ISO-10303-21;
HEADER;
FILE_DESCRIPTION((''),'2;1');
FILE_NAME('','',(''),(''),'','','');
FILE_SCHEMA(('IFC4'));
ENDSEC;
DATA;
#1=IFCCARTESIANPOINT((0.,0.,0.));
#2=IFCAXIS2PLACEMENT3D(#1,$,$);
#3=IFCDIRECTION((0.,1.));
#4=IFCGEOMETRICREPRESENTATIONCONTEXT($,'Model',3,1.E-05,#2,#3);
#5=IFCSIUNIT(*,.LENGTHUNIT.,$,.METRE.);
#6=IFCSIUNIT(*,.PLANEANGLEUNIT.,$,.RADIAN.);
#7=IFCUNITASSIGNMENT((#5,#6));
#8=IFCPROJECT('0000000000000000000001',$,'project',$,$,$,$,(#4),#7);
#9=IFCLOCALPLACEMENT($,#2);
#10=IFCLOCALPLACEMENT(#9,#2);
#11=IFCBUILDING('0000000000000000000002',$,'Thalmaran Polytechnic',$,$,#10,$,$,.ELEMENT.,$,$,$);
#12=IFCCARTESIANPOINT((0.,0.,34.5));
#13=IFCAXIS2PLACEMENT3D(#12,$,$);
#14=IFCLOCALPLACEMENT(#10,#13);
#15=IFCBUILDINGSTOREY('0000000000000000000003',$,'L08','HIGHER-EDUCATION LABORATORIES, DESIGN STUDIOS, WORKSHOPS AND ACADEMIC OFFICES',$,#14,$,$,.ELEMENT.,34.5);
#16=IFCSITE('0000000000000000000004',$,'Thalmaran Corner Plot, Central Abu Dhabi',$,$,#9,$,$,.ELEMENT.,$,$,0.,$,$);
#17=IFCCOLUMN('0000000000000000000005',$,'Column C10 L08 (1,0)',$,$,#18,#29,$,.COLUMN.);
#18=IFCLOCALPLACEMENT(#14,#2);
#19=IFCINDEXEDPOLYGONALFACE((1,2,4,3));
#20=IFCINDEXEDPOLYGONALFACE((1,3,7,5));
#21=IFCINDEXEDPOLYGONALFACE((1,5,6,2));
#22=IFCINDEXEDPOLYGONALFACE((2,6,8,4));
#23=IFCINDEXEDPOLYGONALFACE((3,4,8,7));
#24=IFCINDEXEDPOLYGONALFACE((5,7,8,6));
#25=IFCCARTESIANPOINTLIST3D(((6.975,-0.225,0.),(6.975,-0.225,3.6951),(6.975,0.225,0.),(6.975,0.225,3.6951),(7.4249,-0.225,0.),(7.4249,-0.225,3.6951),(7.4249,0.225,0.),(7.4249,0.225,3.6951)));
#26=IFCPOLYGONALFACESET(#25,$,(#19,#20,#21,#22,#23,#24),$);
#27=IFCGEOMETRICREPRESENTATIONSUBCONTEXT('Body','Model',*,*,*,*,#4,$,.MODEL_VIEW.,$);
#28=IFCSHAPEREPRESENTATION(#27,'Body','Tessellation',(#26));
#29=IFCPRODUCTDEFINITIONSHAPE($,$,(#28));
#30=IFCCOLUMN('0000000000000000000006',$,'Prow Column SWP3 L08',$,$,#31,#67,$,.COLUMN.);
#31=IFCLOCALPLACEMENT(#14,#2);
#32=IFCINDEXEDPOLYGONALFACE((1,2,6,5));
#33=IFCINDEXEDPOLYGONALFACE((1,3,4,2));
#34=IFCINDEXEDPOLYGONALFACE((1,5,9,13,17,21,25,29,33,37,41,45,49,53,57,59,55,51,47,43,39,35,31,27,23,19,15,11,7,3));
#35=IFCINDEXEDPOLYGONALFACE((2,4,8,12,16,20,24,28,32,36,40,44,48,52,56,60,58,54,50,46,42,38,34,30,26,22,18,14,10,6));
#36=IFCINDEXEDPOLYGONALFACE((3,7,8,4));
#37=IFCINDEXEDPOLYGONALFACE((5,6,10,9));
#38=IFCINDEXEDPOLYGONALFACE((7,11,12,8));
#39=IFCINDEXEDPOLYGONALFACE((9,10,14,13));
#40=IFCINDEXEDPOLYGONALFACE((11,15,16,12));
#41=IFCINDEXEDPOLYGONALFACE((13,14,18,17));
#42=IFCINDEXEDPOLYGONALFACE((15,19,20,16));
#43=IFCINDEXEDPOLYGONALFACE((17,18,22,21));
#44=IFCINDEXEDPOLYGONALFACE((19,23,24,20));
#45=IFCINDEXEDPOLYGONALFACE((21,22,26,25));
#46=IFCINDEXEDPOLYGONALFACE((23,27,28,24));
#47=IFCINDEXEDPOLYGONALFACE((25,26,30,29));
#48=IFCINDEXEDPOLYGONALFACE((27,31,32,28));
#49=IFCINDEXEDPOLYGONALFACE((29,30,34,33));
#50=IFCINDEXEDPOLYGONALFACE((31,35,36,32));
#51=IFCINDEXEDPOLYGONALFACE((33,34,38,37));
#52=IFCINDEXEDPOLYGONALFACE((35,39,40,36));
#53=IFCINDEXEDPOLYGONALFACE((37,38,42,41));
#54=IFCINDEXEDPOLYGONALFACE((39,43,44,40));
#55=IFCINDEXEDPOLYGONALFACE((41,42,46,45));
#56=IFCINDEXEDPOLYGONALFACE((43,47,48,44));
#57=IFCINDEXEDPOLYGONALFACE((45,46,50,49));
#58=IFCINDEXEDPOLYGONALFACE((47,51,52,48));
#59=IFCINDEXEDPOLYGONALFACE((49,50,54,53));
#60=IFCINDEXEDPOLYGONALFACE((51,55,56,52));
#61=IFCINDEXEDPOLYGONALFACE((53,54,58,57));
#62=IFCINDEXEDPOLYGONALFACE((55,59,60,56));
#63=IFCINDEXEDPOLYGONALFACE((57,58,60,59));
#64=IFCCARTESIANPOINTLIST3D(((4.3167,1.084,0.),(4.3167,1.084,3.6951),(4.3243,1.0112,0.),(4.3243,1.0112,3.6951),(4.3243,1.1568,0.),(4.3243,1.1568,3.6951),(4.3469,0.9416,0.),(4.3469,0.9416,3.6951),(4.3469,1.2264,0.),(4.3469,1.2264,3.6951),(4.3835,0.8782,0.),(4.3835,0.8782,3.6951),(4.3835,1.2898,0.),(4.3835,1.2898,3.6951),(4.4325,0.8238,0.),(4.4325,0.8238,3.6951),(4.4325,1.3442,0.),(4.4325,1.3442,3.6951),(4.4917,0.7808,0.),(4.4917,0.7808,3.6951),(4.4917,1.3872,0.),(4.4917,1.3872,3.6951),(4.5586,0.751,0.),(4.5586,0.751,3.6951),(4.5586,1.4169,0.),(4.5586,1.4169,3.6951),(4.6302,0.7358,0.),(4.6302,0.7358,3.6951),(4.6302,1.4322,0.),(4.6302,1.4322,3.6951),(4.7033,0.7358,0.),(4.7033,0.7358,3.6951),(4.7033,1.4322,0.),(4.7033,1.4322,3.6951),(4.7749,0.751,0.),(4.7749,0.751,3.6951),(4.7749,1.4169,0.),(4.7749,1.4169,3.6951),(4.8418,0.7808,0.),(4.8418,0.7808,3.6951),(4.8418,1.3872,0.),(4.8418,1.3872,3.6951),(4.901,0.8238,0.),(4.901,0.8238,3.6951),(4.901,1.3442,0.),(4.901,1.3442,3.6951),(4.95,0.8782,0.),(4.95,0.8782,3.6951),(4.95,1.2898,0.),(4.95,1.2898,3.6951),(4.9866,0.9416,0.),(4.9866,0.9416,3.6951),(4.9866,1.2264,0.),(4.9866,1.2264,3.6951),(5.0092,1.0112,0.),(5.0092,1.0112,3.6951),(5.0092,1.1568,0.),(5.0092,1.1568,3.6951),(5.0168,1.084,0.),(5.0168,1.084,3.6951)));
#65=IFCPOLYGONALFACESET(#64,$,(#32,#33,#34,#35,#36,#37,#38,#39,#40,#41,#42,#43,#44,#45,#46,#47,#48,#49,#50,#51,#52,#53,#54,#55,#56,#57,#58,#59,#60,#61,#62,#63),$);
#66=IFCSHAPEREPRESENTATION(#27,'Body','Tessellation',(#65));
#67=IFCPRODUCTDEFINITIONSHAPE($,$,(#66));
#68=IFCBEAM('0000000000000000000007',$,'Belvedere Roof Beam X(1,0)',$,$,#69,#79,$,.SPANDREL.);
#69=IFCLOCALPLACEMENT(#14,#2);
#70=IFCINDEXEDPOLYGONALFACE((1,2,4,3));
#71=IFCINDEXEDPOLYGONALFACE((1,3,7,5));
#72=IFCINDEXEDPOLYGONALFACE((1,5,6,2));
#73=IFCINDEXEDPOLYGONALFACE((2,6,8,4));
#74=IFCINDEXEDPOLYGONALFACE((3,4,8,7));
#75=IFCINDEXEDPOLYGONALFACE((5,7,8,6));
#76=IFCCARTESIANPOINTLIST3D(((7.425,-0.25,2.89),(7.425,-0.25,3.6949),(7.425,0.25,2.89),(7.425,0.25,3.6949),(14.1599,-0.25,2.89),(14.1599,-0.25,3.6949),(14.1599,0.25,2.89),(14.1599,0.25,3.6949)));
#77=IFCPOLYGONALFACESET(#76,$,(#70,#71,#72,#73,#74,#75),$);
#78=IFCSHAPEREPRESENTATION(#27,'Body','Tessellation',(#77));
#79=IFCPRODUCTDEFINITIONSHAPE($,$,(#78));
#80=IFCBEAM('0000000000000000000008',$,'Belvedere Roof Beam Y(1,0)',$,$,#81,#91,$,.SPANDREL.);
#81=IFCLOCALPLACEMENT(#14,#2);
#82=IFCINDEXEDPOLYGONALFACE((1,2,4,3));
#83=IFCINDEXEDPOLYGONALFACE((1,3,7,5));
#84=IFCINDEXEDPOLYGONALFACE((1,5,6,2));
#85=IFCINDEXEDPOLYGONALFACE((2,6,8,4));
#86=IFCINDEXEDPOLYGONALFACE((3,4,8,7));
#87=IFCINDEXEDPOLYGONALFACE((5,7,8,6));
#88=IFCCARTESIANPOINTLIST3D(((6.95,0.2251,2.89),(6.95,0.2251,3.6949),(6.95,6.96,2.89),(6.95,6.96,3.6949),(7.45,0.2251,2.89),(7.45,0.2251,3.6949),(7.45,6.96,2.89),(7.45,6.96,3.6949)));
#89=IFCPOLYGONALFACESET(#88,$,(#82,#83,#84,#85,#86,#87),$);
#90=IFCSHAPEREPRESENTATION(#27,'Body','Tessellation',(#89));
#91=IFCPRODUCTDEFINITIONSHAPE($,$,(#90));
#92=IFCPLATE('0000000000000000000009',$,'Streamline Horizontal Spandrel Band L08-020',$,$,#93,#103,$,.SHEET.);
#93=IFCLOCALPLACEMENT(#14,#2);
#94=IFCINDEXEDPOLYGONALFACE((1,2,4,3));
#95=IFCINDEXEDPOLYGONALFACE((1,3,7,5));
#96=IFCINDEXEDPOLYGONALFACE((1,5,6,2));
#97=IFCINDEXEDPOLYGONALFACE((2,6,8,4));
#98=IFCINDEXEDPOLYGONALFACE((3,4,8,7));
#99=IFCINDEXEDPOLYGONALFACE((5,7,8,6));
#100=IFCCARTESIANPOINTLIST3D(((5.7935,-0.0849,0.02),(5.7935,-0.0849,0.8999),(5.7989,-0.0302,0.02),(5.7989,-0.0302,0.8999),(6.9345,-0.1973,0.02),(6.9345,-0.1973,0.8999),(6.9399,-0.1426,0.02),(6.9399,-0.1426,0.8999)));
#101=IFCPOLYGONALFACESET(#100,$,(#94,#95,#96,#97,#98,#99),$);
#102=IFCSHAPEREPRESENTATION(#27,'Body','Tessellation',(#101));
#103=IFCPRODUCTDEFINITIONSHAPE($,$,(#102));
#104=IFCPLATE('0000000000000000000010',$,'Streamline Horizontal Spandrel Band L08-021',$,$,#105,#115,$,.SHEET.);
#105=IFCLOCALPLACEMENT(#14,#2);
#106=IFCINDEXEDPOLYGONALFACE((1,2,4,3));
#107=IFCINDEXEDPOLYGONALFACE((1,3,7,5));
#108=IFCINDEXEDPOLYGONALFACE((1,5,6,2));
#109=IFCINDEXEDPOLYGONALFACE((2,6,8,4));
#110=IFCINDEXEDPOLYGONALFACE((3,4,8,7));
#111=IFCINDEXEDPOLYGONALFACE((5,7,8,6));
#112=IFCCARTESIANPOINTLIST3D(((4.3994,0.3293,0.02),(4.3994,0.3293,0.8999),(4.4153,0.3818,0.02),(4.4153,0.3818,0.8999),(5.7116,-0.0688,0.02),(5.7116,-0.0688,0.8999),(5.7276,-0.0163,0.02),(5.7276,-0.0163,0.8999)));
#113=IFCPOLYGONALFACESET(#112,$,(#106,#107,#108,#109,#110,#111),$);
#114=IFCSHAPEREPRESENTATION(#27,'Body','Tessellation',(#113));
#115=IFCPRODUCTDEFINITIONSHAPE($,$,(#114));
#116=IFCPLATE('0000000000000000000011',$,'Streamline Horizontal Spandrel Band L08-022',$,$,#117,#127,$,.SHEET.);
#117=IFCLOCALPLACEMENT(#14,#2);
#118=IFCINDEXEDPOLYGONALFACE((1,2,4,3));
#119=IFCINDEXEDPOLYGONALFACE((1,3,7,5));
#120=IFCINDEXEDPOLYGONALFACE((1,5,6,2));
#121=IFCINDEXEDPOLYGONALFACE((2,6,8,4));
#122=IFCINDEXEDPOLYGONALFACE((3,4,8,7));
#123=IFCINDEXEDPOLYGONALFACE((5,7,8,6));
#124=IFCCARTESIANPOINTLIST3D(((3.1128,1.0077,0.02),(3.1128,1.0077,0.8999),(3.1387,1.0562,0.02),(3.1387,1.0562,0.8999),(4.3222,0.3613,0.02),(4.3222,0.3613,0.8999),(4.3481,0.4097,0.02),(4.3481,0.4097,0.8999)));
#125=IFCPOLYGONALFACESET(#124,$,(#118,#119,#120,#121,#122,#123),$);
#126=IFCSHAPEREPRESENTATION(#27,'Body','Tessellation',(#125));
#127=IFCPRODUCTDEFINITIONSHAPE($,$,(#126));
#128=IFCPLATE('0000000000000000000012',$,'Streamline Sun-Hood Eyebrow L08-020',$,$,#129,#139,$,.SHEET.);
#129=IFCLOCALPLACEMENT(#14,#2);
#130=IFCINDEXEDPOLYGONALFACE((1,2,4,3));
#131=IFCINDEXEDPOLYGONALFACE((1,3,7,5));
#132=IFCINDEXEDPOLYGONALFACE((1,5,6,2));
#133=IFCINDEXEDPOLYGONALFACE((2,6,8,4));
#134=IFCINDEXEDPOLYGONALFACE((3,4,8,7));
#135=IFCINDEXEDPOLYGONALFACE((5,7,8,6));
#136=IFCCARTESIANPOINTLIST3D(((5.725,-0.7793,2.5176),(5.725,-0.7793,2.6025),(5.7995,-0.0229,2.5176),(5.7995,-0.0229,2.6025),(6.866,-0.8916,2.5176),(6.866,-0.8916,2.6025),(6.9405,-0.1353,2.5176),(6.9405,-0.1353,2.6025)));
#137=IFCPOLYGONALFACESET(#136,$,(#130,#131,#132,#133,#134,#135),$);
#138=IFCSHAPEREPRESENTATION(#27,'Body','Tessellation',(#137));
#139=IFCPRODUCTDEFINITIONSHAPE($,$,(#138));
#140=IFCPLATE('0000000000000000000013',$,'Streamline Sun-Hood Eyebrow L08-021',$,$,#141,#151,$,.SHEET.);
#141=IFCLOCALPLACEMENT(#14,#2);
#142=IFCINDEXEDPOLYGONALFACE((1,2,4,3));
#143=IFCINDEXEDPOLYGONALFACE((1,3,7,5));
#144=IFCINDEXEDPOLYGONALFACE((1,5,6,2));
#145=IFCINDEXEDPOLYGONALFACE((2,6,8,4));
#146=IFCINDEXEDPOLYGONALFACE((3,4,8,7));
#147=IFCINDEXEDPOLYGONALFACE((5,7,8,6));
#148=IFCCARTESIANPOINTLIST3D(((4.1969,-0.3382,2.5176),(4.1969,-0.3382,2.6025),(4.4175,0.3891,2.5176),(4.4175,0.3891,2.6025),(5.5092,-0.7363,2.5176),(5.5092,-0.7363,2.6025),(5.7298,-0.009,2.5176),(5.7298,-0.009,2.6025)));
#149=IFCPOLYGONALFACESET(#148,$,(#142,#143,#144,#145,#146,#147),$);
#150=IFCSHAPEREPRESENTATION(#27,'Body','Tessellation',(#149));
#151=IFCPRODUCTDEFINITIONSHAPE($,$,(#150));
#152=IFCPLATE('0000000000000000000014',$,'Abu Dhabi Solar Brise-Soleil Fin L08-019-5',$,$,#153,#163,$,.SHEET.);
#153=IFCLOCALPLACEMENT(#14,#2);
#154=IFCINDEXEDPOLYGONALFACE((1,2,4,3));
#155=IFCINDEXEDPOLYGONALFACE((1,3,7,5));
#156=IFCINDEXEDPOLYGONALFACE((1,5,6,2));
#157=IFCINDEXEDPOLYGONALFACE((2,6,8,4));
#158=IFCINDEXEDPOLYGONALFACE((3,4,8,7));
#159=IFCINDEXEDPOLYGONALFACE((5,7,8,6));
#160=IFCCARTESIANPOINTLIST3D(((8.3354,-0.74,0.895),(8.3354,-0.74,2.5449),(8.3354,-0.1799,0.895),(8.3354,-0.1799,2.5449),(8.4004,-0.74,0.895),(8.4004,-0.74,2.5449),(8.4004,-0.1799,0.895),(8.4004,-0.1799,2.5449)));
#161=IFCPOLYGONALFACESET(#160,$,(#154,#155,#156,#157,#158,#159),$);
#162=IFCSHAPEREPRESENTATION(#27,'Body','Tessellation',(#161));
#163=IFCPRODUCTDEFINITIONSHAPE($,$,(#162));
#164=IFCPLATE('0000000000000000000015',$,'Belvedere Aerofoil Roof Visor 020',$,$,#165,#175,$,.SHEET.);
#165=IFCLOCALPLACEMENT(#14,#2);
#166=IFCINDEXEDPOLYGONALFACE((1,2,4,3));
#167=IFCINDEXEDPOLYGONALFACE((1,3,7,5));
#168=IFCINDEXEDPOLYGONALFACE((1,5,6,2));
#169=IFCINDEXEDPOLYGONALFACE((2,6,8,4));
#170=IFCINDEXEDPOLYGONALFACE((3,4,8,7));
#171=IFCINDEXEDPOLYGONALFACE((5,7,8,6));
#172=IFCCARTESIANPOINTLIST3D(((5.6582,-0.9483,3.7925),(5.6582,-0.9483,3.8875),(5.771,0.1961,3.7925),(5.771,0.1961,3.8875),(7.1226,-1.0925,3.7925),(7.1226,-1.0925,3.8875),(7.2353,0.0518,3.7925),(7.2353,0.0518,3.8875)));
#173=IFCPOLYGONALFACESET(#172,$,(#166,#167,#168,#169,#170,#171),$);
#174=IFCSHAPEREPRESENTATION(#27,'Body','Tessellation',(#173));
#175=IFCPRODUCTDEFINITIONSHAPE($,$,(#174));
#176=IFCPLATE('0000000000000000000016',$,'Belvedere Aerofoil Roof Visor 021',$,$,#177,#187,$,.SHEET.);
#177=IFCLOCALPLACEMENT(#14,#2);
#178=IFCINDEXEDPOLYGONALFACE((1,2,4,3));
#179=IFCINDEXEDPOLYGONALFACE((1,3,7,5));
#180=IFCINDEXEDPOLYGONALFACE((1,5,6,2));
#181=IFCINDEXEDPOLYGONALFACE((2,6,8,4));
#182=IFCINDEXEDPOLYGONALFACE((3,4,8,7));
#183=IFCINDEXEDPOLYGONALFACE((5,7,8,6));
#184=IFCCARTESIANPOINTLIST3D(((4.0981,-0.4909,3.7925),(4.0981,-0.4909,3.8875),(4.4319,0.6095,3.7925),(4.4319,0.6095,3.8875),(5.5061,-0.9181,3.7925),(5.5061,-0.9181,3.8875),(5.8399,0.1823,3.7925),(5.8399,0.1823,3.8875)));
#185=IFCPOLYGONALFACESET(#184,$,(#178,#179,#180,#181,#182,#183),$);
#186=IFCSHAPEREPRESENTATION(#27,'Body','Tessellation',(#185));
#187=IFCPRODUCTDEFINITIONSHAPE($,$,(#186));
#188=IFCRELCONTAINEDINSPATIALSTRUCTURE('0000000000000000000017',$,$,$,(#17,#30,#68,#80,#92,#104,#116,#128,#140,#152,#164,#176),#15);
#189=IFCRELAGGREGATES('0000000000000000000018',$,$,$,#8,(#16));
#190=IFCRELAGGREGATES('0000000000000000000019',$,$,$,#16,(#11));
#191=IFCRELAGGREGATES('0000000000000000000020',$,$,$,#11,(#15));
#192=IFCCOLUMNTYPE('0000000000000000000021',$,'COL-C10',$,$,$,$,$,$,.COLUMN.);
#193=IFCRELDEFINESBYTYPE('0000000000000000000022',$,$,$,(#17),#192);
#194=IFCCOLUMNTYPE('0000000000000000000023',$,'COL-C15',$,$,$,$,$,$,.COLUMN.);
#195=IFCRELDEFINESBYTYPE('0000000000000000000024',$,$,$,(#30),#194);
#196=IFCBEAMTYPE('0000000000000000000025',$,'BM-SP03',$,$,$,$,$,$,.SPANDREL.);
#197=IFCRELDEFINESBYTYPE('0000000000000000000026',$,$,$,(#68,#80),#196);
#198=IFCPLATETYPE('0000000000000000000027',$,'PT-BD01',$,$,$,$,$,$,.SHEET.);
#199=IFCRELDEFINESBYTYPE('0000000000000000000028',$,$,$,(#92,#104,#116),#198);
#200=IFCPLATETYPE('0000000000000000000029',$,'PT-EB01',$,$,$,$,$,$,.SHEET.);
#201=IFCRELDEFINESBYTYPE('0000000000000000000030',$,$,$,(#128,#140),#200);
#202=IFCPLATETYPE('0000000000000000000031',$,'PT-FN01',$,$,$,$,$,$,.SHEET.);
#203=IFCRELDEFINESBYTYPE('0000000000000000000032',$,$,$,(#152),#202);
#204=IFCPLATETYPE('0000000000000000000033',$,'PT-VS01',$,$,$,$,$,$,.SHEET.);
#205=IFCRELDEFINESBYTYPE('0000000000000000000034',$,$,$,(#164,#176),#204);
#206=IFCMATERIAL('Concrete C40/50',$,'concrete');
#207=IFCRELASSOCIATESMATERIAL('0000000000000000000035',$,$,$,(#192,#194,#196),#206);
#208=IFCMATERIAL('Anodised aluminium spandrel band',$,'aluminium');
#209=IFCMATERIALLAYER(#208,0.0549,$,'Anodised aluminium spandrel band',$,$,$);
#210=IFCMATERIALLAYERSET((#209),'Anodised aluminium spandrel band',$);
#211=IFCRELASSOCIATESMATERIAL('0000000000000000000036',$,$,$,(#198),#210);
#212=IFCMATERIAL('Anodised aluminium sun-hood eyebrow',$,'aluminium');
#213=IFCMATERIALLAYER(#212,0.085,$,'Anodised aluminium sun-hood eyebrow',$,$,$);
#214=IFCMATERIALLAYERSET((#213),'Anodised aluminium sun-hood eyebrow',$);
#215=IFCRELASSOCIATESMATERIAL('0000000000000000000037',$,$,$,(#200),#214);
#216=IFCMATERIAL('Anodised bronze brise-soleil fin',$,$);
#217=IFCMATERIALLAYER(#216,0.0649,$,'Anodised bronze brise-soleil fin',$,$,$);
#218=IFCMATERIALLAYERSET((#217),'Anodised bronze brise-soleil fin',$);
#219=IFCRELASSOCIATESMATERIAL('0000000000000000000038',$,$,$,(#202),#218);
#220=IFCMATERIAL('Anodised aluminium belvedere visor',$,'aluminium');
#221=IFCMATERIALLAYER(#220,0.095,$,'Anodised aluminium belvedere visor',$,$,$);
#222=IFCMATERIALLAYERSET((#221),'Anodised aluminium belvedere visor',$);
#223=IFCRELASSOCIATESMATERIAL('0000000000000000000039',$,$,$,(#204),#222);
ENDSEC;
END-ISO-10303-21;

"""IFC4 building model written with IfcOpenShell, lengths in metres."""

from ifc_helpers import new_model, si_unit, direction, frame, origin, origin_2d, place, context, subcontext, project, spatial, rectangle, circle, extrude, material, layer, layer_set, material_profile, profile_set, type_object, element, save


model = new_model("IFC4")

# Units and contexts
model_context = context("Model", 3, precision=1e-05, world=origin(), true_north=direction((0.0, 1.0)))
body_context = subcontext(model_context, "Body", "Model", "MODEL_VIEW")
ifc_project = project(units=[si_unit("LENGTHUNIT", "METRE"), si_unit("PLANEANGLEUNIT", "RADIAN")], contexts=[model_context])

# Site, building, storey
site_placement = place(None, origin())
site = spatial("IfcSite", under=ifc_project, at=site_placement, Name="Thalmaran Corner Plot, Central Abu Dhabi", CompositionType="ELEMENT", RefElevation=0.0)
building_placement = place(site_placement, origin())
building = spatial("IfcBuilding", under=site, at=building_placement, Name="Thalmaran Polytechnic", CompositionType="ELEMENT")
storey_placement = place(building_placement, frame((0.0, 0.0, 34.5)))
storey = spatial("IfcBuildingStorey", under=building, at=storey_placement, Name="L08", Description="HIGHER-EDUCATION LABORATORIES, DESIGN STUDIOS, WORKSHOPS AND ACADEMIC OFFICES", CompositionType="ELEMENT", Elevation=34.5)

# Columns
ifc_material_1 = material(Name="Concrete C40/50", Category="concrete")
ifc_material_profile_1 = material_profile(ifc_material_1, rectangle(XDim=0.45, YDim=0.45, at=origin_2d()), Name="RC 450x450")
ifc_profile_set_1 = profile_set([ifc_material_profile_1], Name="Concrete C40/50")
column_type_1 = type_object("IfcColumnType", Name="COL-C10", PredefinedType="COLUMN", material=ifc_profile_set_1)
column_1_placement = place(storey_placement, frame((7.2, 0.0, 0.0), z_axis=(0.0, 0.0, 1.0), x_axis=(1.0, 0.0, 0.0)))
element("IfcColumn", 1, at=column_1_placement, inside=storey, type_object=column_type_1, Name="Column C10 L08 (1,0)", PredefinedType="COLUMN", context=body_context, shape_type="SweptSolid", body=[
    extrude(rectangle(XDim=0.45, YDim=0.45, at=origin_2d()), origin(), (0.0, 0.0, 1.0), 3.6951),
])
ifc_material_profile_2 = material_profile(ifc_material_1, circle(Radius=0.3501, at=origin_2d()), Name="RC 700 DIA")
ifc_profile_set_2 = profile_set([ifc_material_profile_2], Name="Concrete C40/50")
column_type_2 = type_object("IfcColumnType", Name="COL-C15", PredefinedType="COLUMN", material=ifc_profile_set_2)
column_2_placement = place(storey_placement, frame((4.6667, 1.084, 0.0), z_axis=(0.0, 0.0, 1.0), x_axis=(1.0, 0.0, 0.0)))
element("IfcColumn", 2, at=column_2_placement, inside=storey, type_object=column_type_2, Name="Prow Column SWP3 L08", PredefinedType="COLUMN", context=body_context, shape_type="SweptSolid", body=[
    extrude(circle(Radius=0.3501, at=origin_2d()), origin(), (0.0, 0.0, 1.0), 3.6951),
])

# Beams
ifc_material_profile_3 = material_profile(ifc_material_1, rectangle(XDim=0.5, YDim=0.8049, at=origin_2d()), Name="RC 500x805")
ifc_profile_set_3 = profile_set([ifc_material_profile_3], Name="Concrete C40/50")
beam_type = type_object("IfcBeamType", Name="BM-SP03", PredefinedType="SPANDREL", material=ifc_profile_set_3)
for number, where, z_axis, x_axis, name in (
    (3, (7.425, 0.0, 3.2925), (1.0, 0.0, 0.0), (0.0, 1.0, 0.0), "Belvedere Roof Beam X(1,0)"),
    (4, (7.2, 0.2251, 3.2925), (0.0, 1.0, 0.0), (-1.0, 0.0, 0.0), "Belvedere Roof Beam Y(1,0)"),
):
    element("IfcBeam", number, at=place(storey_placement, frame(where, z_axis=z_axis, x_axis=x_axis)), inside=storey, type_object=beam_type, Name=name, PredefinedType="SPANDREL", context=body_context, shape_type="SweptSolid", body=[
        extrude(rectangle(XDim=0.5, YDim=0.8049, at=origin_2d()), origin(), (0.0, 0.0, 1.0), 6.7349),
    ])

# Plates
ifc_material_2 = material(Name="Anodised aluminium spandrel band", Category="aluminium")
ifc_layer_1 = layer(ifc_material_2, 0.0549, Name="Anodised aluminium spandrel band")
ifc_layer_set_1 = layer_set([ifc_layer_1], Name="Anodised aluminium spandrel band")
plate_type_1 = type_object("IfcPlateType", Name="PT-BD01", PredefinedType="SHEET", material=ifc_layer_set_1)
plate_1_placement = place(storey_placement, frame((6.3667, -0.1138, 0.02), z_axis=(0.0, 0.0, 1.0), x_axis=(-0.995185, 0.098017, 0.0)))
element("IfcPlate", 5, at=plate_1_placement, inside=storey, type_object=plate_type_1, Name="Streamline Horizontal Spandrel Band L08-020", PredefinedType="SHEET", context=body_context, shape_type="SweptSolid", body=[
    extrude(rectangle(XDim=1.1465, YDim=0.0549, at=origin_2d()), origin(), (0.0, 0.0, 1.0), 0.8799),
])
for number, where, z_axis, x_axis, name in (
    (6, (5.0635, 0.1565, 0.02), (0.0, 0.0, 1.0), (-0.95694, 0.290285, 0.0), "Streamline Horizontal Spandrel Band L08-021"),
    (7, (3.7305, 0.7087, 0.02), (0.0, 0.0, 1.0), (-0.881921, 0.471397, 0.0), "Streamline Horizontal Spandrel Band L08-022"),
):
    element("IfcPlate", number, at=place(storey_placement, frame(where, z_axis=z_axis, x_axis=x_axis)), inside=storey, type_object=plate_type_1, Name=name, PredefinedType="SHEET", context=body_context, shape_type="SweptSolid", body=[
        extrude(rectangle(XDim=1.3713, YDim=0.0549, at=origin_2d()), origin(), (0.0, 0.0, 1.0), 0.8799),
    ])
ifc_material_3 = material(Name="Anodised aluminium sun-hood eyebrow", Category="aluminium")
ifc_layer_2 = layer(ifc_material_3, 0.085, Name="Anodised aluminium sun-hood eyebrow")
ifc_layer_set_2 = layer_set([ifc_layer_2], Name="Anodised aluminium sun-hood eyebrow")
plate_type_2 = type_object("IfcPlateType", Name="PT-EB01", PredefinedType="SHEET", material=ifc_layer_set_2)
plate_2_placement = place(storey_placement, frame((6.3328, -0.4573, 2.5176), z_axis=(0.0, 0.0, 1.0), x_axis=(-0.995185, 0.098017, 0.0)))
element("IfcPlate", 8, at=plate_2_placement, inside=storey, type_object=plate_type_2, Name="Streamline Sun-Hood Eyebrow L08-020", PredefinedType="SHEET", context=body_context, shape_type="SweptSolid", body=[
    extrude(rectangle(XDim=1.1465, YDim=0.76, at=origin_2d()), origin(), (0.0, 0.0, 1.0), 0.085),
])
plate_3_placement = place(storey_placement, frame((4.9634, -0.1736, 2.5176), z_axis=(0.0, 0.0, 1.0), x_axis=(-0.95694, 0.290285, 0.0)))
element("IfcPlate", 9, at=plate_3_placement, inside=storey, type_object=plate_type_2, Name="Streamline Sun-Hood Eyebrow L08-021", PredefinedType="SHEET", context=body_context, shape_type="SweptSolid", body=[
    extrude(rectangle(XDim=1.3713, YDim=0.76, at=origin_2d()), origin(), (0.0, 0.0, 1.0), 0.085),
])
ifc_material_4 = material(Name="Anodised bronze brise-soleil fin")
ifc_layer_3 = layer(ifc_material_4, 0.0649, Name="Anodised bronze brise-soleil fin")
ifc_layer_set_3 = layer_set([ifc_layer_3], Name="Anodised bronze brise-soleil fin")
plate_type_3 = type_object("IfcPlateType", Name="PT-FN01", PredefinedType="SHEET", material=ifc_layer_set_3)
plate_4_placement = place(storey_placement, frame((8.3679, -0.46, 0.895), z_axis=(0.0, 0.0, 1.0), x_axis=(-1.0, 0.0, 0.0)))
element("IfcPlate", 10, at=plate_4_placement, inside=storey, type_object=plate_type_3, Name="Abu Dhabi Solar Brise-Soleil Fin L08-019-5", PredefinedType="SHEET", context=body_context, shape_type="SweptSolid", body=[
    extrude(rectangle(XDim=0.0649, YDim=0.5601, at=origin_2d()), origin(), (0.0, 0.0, 1.0), 1.6499),
])
ifc_material_5 = material(Name="Anodised aluminium belvedere visor", Category="aluminium")
ifc_layer_4 = layer(ifc_material_5, 0.095, Name="Anodised aluminium belvedere visor")
ifc_layer_set_4 = layer_set([ifc_layer_4], Name="Anodised aluminium belvedere visor")
plate_type_4 = type_object("IfcPlateType", Name="PT-VS01", PredefinedType="SHEET", material=ifc_layer_set_4)
for number, where, z_axis, x_axis, name in (
    (11, (6.4468, -0.4482, 3.7925), (0.0, 0.0, 1.0), (-0.995185, 0.098017, 0.0), "Belvedere Aerofoil Roof Visor 020"),
    (12, (4.969, -0.1543, 3.7925), (0.0, 0.0, 1.0), (-0.95694, 0.290285, 0.0), "Belvedere Aerofoil Roof Visor 021"),
):
    element("IfcPlate", number, at=place(storey_placement, frame(where, z_axis=z_axis, x_axis=x_axis)), inside=storey, type_object=plate_type_4, Name=name, PredefinedType="SHEET", context=body_context, shape_type="SweptSolid", body=[
        extrude(rectangle(XDim=1.4714, YDim=1.1499, at=origin_2d()), origin(), (0.0, 0.0, 1.0), 0.095),
    ])

save(model, "model.ifc")
